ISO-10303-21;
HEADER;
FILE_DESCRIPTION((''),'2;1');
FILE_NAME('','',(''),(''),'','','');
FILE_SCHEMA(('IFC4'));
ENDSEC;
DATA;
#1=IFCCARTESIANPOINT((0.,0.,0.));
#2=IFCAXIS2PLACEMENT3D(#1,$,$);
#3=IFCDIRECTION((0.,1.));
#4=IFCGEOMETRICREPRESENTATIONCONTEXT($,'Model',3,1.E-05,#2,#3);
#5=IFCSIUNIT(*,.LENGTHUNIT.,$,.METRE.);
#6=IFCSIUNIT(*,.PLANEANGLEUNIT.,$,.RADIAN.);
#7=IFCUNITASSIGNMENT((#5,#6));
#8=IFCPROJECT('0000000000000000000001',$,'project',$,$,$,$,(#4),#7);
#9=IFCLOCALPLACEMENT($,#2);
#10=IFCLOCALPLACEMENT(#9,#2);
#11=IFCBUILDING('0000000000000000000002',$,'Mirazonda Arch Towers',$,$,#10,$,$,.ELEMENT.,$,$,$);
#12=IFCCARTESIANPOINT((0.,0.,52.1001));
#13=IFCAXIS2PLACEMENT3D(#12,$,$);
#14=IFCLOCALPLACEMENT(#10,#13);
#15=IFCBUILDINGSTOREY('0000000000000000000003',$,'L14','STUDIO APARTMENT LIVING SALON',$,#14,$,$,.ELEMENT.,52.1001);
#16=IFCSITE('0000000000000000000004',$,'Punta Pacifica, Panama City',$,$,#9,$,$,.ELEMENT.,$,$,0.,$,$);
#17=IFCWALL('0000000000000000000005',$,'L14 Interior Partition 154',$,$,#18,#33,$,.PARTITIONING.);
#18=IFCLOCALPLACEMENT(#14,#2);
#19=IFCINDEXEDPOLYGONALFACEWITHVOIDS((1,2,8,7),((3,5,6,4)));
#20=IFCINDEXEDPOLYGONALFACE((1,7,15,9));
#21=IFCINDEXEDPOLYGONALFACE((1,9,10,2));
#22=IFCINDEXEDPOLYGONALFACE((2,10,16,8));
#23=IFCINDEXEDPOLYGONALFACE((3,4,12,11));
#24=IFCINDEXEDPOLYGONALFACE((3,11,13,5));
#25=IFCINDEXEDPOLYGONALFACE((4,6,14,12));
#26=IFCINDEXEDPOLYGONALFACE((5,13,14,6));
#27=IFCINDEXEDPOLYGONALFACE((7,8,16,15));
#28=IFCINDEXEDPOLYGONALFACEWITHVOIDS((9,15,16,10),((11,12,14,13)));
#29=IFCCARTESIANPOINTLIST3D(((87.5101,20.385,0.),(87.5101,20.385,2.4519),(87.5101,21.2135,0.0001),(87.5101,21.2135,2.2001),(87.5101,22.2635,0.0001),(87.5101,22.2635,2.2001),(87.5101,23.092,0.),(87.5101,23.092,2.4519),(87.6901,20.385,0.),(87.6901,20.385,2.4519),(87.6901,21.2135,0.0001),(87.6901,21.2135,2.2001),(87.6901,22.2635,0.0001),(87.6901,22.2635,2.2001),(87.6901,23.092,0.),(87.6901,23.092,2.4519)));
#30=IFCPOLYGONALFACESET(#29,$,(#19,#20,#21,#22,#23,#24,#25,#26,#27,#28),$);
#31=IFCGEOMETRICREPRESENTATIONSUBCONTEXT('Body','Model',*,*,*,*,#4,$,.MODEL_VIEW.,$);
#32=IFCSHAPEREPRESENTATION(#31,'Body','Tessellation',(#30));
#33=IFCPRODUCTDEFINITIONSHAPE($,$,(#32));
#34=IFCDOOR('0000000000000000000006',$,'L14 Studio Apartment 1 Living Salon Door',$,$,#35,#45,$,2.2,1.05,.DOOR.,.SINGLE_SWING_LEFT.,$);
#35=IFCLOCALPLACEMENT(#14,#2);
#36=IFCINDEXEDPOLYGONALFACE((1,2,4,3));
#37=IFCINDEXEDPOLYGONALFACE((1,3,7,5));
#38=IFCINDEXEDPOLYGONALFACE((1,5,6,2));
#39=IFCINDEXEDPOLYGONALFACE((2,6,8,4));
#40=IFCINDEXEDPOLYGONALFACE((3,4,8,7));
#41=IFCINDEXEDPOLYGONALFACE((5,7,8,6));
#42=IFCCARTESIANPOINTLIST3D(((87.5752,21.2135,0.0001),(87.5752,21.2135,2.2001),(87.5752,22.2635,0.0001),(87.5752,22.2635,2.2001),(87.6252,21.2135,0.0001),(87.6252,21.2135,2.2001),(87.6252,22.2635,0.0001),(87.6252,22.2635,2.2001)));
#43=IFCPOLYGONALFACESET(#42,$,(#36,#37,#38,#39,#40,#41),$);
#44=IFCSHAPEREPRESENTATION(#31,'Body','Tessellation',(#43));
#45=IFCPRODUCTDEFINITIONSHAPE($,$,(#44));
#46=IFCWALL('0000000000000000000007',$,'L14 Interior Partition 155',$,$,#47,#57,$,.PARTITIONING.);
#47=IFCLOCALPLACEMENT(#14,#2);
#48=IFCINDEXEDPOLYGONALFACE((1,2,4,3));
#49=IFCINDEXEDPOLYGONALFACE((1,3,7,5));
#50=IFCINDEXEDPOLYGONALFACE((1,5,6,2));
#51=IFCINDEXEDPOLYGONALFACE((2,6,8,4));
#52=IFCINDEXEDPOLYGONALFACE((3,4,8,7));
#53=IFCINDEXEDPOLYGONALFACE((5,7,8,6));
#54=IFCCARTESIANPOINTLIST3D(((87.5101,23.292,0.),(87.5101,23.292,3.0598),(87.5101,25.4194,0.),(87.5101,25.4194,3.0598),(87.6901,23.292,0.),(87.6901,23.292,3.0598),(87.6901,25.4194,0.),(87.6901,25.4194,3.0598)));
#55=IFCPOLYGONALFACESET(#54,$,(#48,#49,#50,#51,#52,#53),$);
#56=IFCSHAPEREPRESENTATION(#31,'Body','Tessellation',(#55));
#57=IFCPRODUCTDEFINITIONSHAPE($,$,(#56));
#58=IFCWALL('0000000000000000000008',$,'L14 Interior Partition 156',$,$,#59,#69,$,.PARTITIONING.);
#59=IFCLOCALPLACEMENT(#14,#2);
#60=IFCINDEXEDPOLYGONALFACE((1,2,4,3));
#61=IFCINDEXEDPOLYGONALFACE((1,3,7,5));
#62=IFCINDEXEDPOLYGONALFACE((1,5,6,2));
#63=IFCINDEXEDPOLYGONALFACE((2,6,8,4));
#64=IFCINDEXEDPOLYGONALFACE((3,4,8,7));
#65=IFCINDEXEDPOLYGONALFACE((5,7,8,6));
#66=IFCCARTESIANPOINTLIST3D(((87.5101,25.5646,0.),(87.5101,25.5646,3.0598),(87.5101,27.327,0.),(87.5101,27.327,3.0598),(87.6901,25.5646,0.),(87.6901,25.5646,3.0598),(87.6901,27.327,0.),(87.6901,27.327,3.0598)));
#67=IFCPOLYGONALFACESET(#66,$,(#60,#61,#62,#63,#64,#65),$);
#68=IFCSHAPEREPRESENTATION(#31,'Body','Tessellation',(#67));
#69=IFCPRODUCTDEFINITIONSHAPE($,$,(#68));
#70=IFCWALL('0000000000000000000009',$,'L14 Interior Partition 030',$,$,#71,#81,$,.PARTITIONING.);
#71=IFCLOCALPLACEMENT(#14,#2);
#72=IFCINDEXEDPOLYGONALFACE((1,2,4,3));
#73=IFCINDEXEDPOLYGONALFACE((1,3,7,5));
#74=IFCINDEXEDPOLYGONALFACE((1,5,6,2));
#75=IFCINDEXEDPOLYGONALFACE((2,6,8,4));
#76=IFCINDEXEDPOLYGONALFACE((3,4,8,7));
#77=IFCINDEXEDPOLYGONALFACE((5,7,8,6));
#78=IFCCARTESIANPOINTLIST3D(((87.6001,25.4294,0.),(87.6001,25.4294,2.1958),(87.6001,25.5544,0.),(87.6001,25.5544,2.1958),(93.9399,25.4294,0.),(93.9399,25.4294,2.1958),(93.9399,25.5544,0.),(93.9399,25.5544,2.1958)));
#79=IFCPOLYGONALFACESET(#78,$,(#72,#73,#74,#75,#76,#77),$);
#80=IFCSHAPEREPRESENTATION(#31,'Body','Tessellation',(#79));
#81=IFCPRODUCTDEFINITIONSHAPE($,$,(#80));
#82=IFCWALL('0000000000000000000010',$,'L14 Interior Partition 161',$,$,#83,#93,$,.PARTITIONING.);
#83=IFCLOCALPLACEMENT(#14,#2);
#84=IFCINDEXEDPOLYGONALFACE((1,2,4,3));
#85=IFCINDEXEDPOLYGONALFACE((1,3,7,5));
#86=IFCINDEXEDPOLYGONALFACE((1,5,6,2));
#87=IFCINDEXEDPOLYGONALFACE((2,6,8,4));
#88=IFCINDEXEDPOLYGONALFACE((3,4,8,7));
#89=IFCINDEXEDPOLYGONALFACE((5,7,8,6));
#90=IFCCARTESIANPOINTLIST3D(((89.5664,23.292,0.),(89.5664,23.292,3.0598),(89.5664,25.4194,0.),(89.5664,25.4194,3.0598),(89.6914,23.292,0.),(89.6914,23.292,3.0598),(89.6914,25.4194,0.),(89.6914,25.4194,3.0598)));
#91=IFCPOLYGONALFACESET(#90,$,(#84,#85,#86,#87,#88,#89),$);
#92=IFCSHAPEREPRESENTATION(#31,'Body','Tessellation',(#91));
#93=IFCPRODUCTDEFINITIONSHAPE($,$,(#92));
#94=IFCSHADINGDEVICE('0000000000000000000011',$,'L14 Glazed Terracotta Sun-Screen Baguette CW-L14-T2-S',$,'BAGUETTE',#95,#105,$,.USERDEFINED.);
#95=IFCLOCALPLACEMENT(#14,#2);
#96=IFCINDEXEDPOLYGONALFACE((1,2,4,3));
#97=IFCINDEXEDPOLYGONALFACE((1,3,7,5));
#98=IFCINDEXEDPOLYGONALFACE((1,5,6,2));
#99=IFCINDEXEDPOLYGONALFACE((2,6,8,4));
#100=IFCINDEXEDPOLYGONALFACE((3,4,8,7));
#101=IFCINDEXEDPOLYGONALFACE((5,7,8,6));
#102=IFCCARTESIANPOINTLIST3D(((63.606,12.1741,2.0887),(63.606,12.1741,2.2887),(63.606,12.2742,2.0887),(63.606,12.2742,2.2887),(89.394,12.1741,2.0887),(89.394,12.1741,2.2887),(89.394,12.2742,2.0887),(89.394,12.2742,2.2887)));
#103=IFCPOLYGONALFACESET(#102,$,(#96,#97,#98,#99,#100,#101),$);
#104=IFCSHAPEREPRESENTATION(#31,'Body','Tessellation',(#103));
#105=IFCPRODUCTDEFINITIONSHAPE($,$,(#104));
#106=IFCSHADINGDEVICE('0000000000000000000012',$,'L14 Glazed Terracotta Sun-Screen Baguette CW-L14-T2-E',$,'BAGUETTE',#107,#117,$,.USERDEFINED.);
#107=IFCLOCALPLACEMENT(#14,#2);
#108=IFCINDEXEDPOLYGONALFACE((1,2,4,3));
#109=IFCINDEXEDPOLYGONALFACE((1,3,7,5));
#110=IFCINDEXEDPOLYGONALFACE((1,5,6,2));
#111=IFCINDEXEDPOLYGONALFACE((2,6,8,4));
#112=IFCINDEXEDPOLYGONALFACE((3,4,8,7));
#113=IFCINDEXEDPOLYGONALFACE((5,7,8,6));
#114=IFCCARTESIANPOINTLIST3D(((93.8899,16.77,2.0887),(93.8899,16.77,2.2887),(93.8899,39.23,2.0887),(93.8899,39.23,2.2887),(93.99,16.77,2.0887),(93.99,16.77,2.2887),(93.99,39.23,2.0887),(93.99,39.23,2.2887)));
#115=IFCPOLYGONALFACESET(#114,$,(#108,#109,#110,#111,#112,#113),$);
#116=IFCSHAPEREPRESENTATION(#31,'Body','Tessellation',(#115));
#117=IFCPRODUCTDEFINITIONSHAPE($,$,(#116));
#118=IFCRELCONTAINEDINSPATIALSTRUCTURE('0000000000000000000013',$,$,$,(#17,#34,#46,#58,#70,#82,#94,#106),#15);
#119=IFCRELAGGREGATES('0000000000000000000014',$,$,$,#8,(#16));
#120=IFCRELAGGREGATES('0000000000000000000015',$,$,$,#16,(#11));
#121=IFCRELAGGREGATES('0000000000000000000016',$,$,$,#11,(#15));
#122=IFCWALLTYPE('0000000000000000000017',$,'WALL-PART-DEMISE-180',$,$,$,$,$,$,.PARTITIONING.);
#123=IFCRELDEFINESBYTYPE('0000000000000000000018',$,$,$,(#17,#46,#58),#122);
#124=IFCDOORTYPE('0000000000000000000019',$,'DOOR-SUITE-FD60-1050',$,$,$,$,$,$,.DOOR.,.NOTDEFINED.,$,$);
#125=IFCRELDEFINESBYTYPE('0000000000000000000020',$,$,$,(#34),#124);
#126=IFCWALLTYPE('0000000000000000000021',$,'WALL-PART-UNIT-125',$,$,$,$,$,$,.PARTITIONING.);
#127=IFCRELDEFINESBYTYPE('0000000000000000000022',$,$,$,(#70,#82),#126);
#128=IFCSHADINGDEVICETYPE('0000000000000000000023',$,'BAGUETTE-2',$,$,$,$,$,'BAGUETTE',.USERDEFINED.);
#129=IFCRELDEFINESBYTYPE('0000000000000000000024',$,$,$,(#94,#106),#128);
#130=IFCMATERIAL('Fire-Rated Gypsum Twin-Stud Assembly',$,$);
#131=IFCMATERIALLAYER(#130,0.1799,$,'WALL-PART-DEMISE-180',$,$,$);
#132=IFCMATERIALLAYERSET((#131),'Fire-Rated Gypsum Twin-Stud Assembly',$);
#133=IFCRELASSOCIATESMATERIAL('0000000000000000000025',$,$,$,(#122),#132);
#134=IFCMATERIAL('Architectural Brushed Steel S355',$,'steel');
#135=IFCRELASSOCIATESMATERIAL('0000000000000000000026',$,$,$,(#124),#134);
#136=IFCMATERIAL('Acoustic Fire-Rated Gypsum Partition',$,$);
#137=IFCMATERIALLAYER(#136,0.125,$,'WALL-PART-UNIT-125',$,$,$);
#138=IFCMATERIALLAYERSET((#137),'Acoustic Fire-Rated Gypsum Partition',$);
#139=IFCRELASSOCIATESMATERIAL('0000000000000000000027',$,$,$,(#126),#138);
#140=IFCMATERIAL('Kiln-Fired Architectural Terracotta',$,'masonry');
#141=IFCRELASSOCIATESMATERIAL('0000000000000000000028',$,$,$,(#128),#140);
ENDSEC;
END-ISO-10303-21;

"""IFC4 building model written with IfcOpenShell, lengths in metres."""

from ifc_helpers import new_model, si_unit, direction, frame, frame_2d, origin, origin_2d, place, context, subcontext, project, spatial, rectangle, extrude, material, layer, layer_set, material_profile, profile_set, type_object, element, fill, save


model = new_model("IFC4")

# Units and contexts
model_context = context("Model", 3, precision=1e-05, world=origin(), true_north=direction((0.0, 1.0)))
body_context = subcontext(model_context, "Body", "Model", "MODEL_VIEW")
ifc_project = project(units=[si_unit("LENGTHUNIT", "METRE"), si_unit("PLANEANGLEUNIT", "RADIAN")], contexts=[model_context])

# Site, building, storey
site_placement = place(None, origin())
site = spatial("IfcSite", under=ifc_project, at=site_placement, Name="Punta Pacifica, Panama City", CompositionType="ELEMENT", RefElevation=0.0)
building_placement = place(site_placement, origin())
building = spatial("IfcBuilding", under=site, at=building_placement, Name="Mirazonda Arch Towers", CompositionType="ELEMENT")
storey_placement = place(building_placement, frame((0.0, 0.0, 52.1001)))
storey = spatial("IfcBuildingStorey", under=building, at=storey_placement, Name="L14", Description="STUDIO APARTMENT LIVING SALON", CompositionType="ELEMENT", Elevation=52.1001)

# Shared definitions
ifc_material_1 = material(Name="Fire-Rated Gypsum Twin-Stud Assembly")
ifc_layer_1 = layer(ifc_material_1, 0.1799, Name="WALL-PART-DEMISE-180")
ifc_layer_set_1 = layer_set([ifc_layer_1], Name="Fire-Rated Gypsum Twin-Stud Assembly")
wall_type_1 = type_object("IfcWallType", Name="WALL-PART-DEMISE-180", PredefinedType="PARTITIONING", material=ifc_layer_set_1)

# Shared definitions
ifc_material_2 = material(Name="Architectural Brushed Steel S355", Category="steel")

# Wall, opening, door
wall_1_placement = place(storey_placement, frame((87.6001, 20.385, 0.0), z_axis=(0.0, 0.0, 1.0), x_axis=(0.0, 1.0, 0.0)))
wall_1 = element("IfcWall", 1, at=wall_1_placement, inside=storey, type_object=wall_type_1, Name="L14 Interior Partition 154", PredefinedType="PARTITIONING", context=body_context, shape_type="SweptSolid", body=[
    extrude(rectangle(XDim=2.707, YDim=0.1799, at=frame_2d((1.3535, 0.0))), origin(), (0.0, 0.0, 1.0), 2.4519),
])
opening_1_placement = place(wall_1_placement, frame((0.8286, 0.0, 0.0)))
opening_1 = element("IfcOpeningElement", 2, at=opening_1_placement, cuts=wall_1, PredefinedType="OPENING", context=body_context, shape_type="SweptSolid", body=[
    extrude(rectangle(XDim=1.05, YDim=2.2, at=frame_2d((0.5249, 1.1001))), frame((0.0, 0.0999, 0.0), z_axis=(0.0, -1.0, 0.0), x_axis=(1.0, 0.0, 0.0)), (0.0, 0.0, 1.0), 0.2),
])
door_type_1 = type_object("IfcDoorType", Name="DOOR-SUITE-FD60-1050", OperationType="NOTDEFINED", PredefinedType="DOOR", material=ifc_material_2)
door_1_placement = place(opening_1_placement, origin())
door_1 = element("IfcDoor", 3, at=door_1_placement, inside=storey, type_object=door_type_1, Name="L14 Studio Apartment 1 Living Salon Door", OperationType="SINGLE_SWING_LEFT", OverallHeight=2.2, OverallWidth=1.05, PredefinedType="DOOR", context=body_context, shape_type="SweptSolid", body=[
    extrude(rectangle(XDim=1.05, YDim=2.2, at=frame_2d((0.5249, 1.1001))), frame((0.0, 0.0249, 0.0), z_axis=(0.0, -1.0, 0.0), x_axis=(1.0, 0.0, 0.0)), (0.0, 0.0, 1.0), 0.05),
])
fill(opening_1, door_1)

# Walls
wall_2_placement = place(storey_placement, frame((87.6001, 23.292, 0.0), z_axis=(0.0, 0.0, 1.0), x_axis=(0.0, 1.0, 0.0)))
element("IfcWall", 4, at=wall_2_placement, inside=storey, type_object=wall_type_1, Name="L14 Interior Partition 155", PredefinedType="PARTITIONING", context=body_context, shape_type="SweptSolid", body=[
    extrude(rectangle(XDim=2.1274, YDim=0.1799, at=frame_2d((1.0637, 0.0))), origin(), (0.0, 0.0, 1.0), 3.0598),
])
wall_3_placement = place(storey_placement, frame((87.6001, 25.5645, 0.0), z_axis=(0.0, 0.0, 1.0), x_axis=(0.0, 1.0, 0.0)))
element("IfcWall", 5, at=wall_3_placement, inside=storey, type_object=wall_type_1, Name="L14 Interior Partition 156", PredefinedType="PARTITIONING", context=body_context, shape_type="SweptSolid", body=[
    extrude(rectangle(XDim=1.7625, YDim=0.1799, at=frame_2d((0.8813, 0.0))), origin(), (0.0, 0.0, 1.0), 3.0598),
])
ifc_material_3 = material(Name="Acoustic Fire-Rated Gypsum Partition")
ifc_layer_2 = layer(ifc_material_3, 0.125, Name="WALL-PART-UNIT-125")
ifc_layer_set_2 = layer_set([ifc_layer_2], Name="Acoustic Fire-Rated Gypsum Partition")
wall_type_2 = type_object("IfcWallType", Name="WALL-PART-UNIT-125", PredefinedType="PARTITIONING", material=ifc_layer_set_2)
wall_4_placement = place(storey_placement, frame((87.6001, 25.4919, 0.0), z_axis=(0.0, 0.0, 1.0), x_axis=(1.0, 0.0, 0.0)))
element("IfcWall", 6, at=wall_4_placement, inside=storey, type_object=wall_type_2, Name="L14 Interior Partition 030", PredefinedType="PARTITIONING", context=body_context, shape_type="SweptSolid", body=[
    extrude(rectangle(XDim=6.3398, YDim=0.125, at=frame_2d((3.1699, 0.0))), origin(), (0.0, 0.0, 1.0), 2.1958),
])
wall_5_placement = place(storey_placement, frame((89.6289, 23.292, 0.0), z_axis=(0.0, 0.0, 1.0), x_axis=(0.0, 1.0, 0.0)))
element("IfcWall", 7, at=wall_5_placement, inside=storey, type_object=wall_type_2, Name="L14 Interior Partition 161", PredefinedType="PARTITIONING", context=body_context, shape_type="SweptSolid", body=[
    extrude(rectangle(XDim=2.1274, YDim=0.125, at=frame_2d((1.0637, 0.0))), origin(), (0.0, 0.0, 1.0), 3.0598),
])

# Shading devices
ifc_material_4 = material(Name="Kiln-Fired Architectural Terracotta", Category="masonry")
ifc_material_profile_1 = material_profile(ifc_material_4, rectangle(XDim=0.1001, YDim=0.2, at=origin_2d()), Name="TERRA-BAG-100x200")
ifc_profile_set_1 = profile_set([ifc_material_profile_1], Name="Kiln-Fired Architectural Terracotta")
shading_device_type = type_object("IfcShadingDeviceType", Name="BAGUETTE-2", ElementType="BAGUETTE", PredefinedType="USERDEFINED", material=ifc_profile_set_1)
shading_device_1_placement = place(storey_placement, frame((89.394, 12.2241, 2.1887), z_axis=(-1.0, 0.0, 0.0), x_axis=(0.0, -1.0, 0.0)))
element("IfcShadingDevice", 8, at=shading_device_1_placement, inside=storey, type_object=shading_device_type, Name="L14 Glazed Terracotta Sun-Screen Baguette CW-L14-T2-S", ObjectType="BAGUETTE", PredefinedType="USERDEFINED", context=body_context, shape_type="SweptSolid", body=[
    extrude(rectangle(XDim=0.1001, YDim=0.2, at=origin_2d()), origin(), (0.0, 0.0, 1.0), 25.7881),
])
shading_device_2_placement = place(storey_placement, frame((93.9399, 16.77, 2.1887), z_axis=(0.0, 1.0, 0.0), x_axis=(-1.0, 0.0, 0.0)))
element("IfcShadingDevice", 9, at=shading_device_2_placement, inside=storey, type_object=shading_device_type, Name="L14 Glazed Terracotta Sun-Screen Baguette CW-L14-T2-E", ObjectType="BAGUETTE", PredefinedType="USERDEFINED", context=body_context, shape_type="SweptSolid", body=[
    extrude(rectangle(XDim=0.1001, YDim=0.2, at=origin_2d()), origin(), (0.0, 0.0, 1.0), 22.46),
])

save(model, "model.ifc")
